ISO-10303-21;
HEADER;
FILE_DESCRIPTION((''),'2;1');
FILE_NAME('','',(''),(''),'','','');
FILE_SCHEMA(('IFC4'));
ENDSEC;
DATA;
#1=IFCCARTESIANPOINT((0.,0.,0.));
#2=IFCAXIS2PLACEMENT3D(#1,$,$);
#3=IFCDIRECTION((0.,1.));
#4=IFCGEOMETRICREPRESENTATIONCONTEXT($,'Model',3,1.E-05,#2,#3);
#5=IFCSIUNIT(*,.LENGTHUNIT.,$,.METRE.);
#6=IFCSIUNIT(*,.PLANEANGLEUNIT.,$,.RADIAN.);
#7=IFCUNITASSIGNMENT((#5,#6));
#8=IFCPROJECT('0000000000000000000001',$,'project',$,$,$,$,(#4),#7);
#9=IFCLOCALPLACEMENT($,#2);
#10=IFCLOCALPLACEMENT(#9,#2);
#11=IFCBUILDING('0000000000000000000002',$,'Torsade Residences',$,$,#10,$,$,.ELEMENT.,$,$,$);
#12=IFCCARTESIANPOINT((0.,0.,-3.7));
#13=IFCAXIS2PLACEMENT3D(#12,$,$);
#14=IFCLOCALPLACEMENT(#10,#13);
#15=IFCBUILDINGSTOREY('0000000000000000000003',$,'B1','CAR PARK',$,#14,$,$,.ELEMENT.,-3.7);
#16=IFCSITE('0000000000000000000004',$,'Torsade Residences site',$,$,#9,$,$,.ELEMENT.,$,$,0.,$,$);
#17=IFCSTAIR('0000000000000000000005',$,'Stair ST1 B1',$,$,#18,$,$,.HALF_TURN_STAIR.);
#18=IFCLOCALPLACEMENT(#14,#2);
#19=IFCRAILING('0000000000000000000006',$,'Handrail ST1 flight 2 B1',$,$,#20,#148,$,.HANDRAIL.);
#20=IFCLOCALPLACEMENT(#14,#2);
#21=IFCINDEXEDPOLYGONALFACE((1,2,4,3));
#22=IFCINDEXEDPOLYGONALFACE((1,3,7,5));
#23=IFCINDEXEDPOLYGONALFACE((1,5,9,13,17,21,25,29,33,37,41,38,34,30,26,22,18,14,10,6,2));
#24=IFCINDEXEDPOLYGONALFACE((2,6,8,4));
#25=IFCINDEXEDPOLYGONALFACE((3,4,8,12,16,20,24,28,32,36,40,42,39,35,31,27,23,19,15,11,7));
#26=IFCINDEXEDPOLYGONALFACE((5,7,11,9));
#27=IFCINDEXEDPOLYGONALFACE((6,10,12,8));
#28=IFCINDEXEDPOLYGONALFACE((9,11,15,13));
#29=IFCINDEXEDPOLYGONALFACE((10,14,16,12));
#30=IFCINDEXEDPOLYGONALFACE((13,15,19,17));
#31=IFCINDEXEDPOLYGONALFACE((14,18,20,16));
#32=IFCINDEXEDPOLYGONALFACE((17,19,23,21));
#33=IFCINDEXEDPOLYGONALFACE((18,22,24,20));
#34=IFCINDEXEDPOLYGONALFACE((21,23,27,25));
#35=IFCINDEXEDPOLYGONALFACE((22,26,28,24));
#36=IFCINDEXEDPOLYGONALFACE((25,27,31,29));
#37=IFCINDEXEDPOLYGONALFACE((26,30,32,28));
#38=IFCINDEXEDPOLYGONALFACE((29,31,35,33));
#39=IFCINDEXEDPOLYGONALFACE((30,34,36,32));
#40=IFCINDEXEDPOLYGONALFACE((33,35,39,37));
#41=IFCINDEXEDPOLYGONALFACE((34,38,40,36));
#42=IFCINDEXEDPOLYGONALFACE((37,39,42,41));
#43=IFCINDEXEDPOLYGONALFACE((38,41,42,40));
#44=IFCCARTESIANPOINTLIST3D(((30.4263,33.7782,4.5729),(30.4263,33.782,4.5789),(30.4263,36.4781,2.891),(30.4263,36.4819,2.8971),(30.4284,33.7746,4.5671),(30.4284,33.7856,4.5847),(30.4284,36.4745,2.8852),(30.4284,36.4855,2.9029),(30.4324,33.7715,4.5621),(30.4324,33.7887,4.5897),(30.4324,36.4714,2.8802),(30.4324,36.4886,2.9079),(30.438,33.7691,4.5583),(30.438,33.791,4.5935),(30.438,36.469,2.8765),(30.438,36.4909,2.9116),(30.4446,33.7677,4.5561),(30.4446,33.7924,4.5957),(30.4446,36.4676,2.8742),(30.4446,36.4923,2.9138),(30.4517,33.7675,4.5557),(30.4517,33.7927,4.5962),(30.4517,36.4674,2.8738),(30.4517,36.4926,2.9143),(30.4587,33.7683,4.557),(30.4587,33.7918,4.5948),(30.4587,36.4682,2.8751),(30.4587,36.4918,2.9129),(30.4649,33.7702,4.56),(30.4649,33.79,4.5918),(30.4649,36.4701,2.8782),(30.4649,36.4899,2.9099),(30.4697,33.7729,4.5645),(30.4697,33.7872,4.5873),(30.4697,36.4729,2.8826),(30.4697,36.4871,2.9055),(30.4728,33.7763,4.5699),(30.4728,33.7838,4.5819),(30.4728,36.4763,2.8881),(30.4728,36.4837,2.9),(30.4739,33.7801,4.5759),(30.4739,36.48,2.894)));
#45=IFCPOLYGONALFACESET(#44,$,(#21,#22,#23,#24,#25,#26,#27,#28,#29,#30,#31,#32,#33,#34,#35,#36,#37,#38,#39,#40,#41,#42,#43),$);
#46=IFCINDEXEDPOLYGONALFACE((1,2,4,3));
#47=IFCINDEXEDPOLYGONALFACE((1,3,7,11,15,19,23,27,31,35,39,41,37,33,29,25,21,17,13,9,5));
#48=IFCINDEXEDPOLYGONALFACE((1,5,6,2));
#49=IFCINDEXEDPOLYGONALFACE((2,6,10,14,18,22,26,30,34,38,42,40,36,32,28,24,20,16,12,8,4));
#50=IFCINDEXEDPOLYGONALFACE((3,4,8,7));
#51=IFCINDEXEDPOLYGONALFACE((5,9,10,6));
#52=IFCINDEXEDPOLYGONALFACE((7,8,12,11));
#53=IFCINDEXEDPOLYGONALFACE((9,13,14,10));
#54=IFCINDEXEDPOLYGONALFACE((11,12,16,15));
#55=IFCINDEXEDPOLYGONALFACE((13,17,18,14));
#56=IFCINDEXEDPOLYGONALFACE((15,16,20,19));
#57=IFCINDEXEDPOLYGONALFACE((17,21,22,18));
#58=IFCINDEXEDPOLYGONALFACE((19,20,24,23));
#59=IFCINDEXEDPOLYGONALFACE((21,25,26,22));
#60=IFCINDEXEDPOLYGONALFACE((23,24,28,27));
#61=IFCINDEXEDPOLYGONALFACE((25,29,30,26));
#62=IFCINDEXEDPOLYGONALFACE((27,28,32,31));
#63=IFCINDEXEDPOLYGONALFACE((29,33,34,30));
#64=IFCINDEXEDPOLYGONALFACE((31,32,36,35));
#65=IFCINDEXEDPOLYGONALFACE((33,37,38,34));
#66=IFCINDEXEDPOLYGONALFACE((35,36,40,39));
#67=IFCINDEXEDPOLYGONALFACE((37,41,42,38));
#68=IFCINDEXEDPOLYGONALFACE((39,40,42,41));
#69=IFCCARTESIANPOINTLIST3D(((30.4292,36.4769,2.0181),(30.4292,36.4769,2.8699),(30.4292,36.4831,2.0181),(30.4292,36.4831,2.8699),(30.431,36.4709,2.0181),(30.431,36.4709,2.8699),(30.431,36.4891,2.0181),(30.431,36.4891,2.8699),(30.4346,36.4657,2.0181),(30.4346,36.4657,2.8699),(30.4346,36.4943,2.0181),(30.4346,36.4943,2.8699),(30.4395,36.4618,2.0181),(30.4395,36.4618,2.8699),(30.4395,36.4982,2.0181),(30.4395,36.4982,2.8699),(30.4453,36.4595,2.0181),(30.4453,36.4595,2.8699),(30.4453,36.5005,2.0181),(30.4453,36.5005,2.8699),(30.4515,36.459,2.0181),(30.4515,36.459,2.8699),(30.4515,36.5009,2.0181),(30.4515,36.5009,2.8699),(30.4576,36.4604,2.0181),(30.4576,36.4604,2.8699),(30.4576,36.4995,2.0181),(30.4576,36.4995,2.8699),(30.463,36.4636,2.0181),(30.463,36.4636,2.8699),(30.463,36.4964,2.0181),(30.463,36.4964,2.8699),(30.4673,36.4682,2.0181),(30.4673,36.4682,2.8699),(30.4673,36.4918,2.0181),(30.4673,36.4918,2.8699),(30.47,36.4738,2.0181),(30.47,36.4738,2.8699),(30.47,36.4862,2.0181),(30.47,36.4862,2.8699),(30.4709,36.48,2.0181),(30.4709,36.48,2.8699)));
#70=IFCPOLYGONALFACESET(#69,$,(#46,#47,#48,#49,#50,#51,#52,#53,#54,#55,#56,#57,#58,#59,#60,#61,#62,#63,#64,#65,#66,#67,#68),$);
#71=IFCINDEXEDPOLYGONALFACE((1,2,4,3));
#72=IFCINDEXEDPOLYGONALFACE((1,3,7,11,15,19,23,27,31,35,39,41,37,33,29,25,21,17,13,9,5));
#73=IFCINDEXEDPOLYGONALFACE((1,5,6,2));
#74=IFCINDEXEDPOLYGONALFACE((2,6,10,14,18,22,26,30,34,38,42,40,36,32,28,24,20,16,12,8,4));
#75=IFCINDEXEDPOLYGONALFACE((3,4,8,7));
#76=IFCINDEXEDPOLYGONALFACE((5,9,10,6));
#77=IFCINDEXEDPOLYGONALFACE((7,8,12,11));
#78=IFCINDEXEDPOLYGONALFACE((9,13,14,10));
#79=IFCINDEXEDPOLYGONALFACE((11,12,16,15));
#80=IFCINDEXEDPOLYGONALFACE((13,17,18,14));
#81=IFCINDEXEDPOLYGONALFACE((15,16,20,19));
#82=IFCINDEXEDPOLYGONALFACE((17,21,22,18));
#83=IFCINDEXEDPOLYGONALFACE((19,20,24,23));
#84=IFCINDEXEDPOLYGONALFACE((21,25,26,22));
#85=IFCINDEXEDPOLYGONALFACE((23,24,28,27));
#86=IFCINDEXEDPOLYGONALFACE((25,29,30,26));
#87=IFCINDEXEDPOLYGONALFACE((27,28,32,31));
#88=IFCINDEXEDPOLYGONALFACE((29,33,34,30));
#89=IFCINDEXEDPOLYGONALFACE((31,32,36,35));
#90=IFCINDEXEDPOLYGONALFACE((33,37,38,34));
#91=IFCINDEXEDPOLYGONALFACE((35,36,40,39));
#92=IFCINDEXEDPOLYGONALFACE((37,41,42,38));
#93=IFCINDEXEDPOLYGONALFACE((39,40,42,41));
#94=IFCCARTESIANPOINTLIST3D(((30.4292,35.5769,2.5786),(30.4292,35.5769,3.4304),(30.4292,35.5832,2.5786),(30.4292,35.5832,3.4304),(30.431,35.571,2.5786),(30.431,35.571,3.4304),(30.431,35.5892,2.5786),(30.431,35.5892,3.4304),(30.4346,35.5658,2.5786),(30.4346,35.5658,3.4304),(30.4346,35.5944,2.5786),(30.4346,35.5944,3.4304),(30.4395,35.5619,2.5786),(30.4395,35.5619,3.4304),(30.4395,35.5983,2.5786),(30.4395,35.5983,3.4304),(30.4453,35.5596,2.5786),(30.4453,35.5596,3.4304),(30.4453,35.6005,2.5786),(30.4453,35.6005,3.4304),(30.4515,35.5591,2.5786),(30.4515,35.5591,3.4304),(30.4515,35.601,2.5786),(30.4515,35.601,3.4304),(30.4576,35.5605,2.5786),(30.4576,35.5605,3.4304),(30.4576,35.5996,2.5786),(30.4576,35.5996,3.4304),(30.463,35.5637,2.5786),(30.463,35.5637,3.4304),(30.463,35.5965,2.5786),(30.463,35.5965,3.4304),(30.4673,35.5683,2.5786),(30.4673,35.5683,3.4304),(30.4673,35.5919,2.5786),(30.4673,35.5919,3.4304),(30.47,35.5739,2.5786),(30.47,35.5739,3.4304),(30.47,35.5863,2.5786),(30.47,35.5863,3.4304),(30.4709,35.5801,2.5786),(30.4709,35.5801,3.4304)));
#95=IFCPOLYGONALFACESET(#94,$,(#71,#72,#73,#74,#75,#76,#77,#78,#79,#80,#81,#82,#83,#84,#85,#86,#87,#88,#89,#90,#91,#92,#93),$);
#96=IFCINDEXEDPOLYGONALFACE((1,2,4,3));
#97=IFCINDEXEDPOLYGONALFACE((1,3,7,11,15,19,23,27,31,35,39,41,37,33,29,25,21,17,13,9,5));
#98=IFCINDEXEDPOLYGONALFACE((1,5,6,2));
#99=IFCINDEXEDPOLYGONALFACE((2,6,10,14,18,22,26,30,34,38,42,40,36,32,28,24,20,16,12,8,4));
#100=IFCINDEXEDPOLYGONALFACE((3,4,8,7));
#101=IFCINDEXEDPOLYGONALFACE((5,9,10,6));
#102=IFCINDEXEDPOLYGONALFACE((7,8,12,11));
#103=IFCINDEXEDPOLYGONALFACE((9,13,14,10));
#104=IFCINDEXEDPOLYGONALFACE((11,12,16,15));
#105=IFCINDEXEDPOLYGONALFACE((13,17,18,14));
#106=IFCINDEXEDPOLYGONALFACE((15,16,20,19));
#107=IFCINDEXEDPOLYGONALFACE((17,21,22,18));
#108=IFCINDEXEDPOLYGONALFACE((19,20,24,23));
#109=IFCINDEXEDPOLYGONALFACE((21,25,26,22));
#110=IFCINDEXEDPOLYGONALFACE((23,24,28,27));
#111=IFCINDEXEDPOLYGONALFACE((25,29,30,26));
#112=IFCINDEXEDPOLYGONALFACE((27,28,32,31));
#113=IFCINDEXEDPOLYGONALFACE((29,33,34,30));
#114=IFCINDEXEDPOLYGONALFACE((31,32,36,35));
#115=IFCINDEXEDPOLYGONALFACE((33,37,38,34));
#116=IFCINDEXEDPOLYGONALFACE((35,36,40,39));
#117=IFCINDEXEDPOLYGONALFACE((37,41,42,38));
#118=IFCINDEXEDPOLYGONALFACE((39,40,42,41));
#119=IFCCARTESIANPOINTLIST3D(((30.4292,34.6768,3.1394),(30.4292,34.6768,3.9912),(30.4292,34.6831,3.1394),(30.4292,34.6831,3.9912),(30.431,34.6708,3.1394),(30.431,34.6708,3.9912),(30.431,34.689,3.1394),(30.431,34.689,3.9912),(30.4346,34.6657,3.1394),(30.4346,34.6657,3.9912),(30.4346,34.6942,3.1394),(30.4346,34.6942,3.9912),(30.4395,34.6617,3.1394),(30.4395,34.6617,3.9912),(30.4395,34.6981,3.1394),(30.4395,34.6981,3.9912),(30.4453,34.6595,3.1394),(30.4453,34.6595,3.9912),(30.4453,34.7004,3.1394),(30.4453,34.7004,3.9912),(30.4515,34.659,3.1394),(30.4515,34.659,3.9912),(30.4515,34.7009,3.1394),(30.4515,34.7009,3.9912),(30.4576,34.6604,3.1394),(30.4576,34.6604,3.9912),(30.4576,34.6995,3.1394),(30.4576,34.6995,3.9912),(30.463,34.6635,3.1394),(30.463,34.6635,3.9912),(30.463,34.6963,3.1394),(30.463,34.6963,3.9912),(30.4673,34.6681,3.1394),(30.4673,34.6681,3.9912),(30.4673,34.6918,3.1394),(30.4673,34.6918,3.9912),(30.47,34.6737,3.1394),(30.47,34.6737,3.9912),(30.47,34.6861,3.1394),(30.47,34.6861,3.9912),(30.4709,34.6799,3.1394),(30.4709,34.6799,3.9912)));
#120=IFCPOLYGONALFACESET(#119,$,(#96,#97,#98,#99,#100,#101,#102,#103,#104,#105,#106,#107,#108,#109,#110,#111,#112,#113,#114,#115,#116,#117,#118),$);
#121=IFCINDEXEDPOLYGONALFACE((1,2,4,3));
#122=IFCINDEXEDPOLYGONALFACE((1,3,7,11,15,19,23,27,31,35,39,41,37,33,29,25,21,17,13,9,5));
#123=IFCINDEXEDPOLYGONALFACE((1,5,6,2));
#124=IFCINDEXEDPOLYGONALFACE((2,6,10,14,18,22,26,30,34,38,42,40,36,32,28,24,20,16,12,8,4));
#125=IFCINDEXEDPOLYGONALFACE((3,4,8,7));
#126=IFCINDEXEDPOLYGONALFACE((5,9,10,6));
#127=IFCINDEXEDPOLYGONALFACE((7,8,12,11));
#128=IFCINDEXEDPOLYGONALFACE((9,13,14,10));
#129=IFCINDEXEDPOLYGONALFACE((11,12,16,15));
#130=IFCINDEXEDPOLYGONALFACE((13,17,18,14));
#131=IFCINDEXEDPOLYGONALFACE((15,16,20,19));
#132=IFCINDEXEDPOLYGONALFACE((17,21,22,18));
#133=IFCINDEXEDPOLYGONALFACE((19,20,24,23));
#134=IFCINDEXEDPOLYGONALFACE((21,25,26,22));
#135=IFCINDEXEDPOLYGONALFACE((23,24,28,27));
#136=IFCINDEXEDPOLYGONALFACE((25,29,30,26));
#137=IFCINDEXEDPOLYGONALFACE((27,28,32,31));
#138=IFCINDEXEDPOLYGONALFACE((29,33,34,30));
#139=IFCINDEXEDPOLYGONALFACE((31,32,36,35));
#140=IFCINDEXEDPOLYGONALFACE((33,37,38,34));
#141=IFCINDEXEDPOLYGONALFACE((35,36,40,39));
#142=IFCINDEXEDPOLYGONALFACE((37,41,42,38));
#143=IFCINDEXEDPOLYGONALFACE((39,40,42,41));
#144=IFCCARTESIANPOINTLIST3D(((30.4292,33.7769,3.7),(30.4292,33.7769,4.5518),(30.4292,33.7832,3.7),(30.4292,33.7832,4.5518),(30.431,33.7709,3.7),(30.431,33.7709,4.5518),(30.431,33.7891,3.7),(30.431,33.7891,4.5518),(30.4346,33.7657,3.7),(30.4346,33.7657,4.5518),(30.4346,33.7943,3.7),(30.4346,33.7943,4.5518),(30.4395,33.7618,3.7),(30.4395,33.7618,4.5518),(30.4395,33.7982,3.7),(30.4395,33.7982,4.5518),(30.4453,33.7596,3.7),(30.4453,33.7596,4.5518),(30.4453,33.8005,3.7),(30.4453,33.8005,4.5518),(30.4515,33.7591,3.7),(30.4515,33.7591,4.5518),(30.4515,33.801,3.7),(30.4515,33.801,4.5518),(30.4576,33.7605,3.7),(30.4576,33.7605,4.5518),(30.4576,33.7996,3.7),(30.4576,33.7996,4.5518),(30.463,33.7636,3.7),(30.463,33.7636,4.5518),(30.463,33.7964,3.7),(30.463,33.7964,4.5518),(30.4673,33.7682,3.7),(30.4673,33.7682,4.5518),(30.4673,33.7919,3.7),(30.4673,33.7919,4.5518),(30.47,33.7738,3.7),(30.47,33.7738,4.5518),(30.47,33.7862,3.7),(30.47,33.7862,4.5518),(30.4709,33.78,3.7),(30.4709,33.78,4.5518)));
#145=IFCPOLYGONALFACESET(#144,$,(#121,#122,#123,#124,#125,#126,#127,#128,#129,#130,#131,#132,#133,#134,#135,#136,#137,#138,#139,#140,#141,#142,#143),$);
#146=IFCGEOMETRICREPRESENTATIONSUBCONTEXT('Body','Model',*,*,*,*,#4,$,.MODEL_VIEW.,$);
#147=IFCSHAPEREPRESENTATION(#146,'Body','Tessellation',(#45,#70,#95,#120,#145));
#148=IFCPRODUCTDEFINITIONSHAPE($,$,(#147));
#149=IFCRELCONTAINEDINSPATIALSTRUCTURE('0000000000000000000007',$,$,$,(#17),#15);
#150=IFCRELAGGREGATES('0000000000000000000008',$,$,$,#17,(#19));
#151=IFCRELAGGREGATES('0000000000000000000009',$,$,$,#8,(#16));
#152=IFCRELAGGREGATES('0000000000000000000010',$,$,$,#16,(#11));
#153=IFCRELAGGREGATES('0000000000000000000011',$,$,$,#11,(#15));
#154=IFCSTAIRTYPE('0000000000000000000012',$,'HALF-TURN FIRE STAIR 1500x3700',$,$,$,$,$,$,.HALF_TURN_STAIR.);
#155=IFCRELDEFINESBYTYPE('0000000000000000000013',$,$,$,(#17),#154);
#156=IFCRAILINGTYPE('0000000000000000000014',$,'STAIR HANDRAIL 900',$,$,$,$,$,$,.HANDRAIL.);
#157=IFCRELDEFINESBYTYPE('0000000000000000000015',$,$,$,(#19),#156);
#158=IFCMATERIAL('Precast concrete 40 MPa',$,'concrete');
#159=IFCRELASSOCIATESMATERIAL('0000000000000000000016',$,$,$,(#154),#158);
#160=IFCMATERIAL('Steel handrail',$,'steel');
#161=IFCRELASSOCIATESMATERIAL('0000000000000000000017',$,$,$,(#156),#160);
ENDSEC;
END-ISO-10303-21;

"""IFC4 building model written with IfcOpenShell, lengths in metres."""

from ifc_helpers import new_model, si_unit, direction, frame, origin, origin_2d, place, context, subcontext, project, spatial, circle, extrude, material, type_object, element, aggregate, save


model = new_model("IFC4")

# Units and contexts
model_context = context("Model", 3, precision=1e-05, world=origin(), true_north=direction((0.0, 1.0)))
body_context = subcontext(model_context, "Body", "Model", "MODEL_VIEW")
ifc_project = project(units=[si_unit("LENGTHUNIT", "METRE"), si_unit("PLANEANGLEUNIT", "RADIAN")], contexts=[model_context])

# Site, building, storey
site_placement = place(None, origin())
site = spatial("IfcSite", under=ifc_project, at=site_placement, Name="Torsade Residences site", CompositionType="ELEMENT", RefElevation=0.0)
building_placement = place(site_placement, origin())
building = spatial("IfcBuilding", under=site, at=building_placement, Name="Torsade Residences", CompositionType="ELEMENT")
storey_placement = place(building_placement, frame((0.0, 0.0, -3.7)))
storey = spatial("IfcBuildingStorey", under=building, at=storey_placement, Name="B1", Description="CAR PARK", CompositionType="ELEMENT", Elevation=-3.7)

# Stair, railing
ifc_material_1 = material(Name="Precast concrete 40 MPa", Category="concrete")
stair_type = type_object("IfcStairType", Name="HALF-TURN FIRE STAIR 1500x3700", PredefinedType="HALF_TURN_STAIR", material=ifc_material_1)
stair_placement = place(storey_placement, origin())
stair = element("IfcStair", 1, at=stair_placement, inside=storey, type_object=stair_type, Name="Stair ST1 B1", PredefinedType="HALF_TURN_STAIR")
ifc_material_2 = material(Name="Steel handrail", Category="steel")
railing_type = type_object("IfcRailingType", Name="STAIR HANDRAIL 900", PredefinedType="HANDRAIL", material=ifc_material_2)
railing_1_placement = place(storey_placement, frame((30.45, 36.48, 2.0181)))
railing_1 = element("IfcRailing", 2, at=railing_1_placement, type_object=railing_type, Name="Handrail ST1 flight 2 B1", PredefinedType="HANDRAIL", context=body_context, shape_type="SweptSolid", body=[
    extrude(circle(Radius=0.0239, at=origin_2d()), frame((0.0, 0.0, 0.876), z_axis=(0.0, -0.848786, 0.528736), x_axis=(1.0, 0.0, 0.0)), (0.0, 0.0, 1.0), 3.1809),
    extrude(circle(Radius=0.021, at=origin_2d()), origin(), (0.0, 0.0, 1.0), 0.8518),
    extrude(circle(Radius=0.021, at=origin_2d()), frame((0.0, -0.8999, 0.5605)), (0.0, 0.0, 1.0), 0.8518),
    extrude(circle(Radius=0.021, at=origin_2d()), frame((0.0, -1.8, 1.1213)), (0.0, 0.0, 1.0), 0.8518),
    extrude(circle(Radius=0.021, at=origin_2d()), frame((0.0, -2.7, 1.6819)), (0.0, 0.0, 1.0), 0.8518),
])
aggregate(stair, [railing_1])

save(model, "model.ifc")
